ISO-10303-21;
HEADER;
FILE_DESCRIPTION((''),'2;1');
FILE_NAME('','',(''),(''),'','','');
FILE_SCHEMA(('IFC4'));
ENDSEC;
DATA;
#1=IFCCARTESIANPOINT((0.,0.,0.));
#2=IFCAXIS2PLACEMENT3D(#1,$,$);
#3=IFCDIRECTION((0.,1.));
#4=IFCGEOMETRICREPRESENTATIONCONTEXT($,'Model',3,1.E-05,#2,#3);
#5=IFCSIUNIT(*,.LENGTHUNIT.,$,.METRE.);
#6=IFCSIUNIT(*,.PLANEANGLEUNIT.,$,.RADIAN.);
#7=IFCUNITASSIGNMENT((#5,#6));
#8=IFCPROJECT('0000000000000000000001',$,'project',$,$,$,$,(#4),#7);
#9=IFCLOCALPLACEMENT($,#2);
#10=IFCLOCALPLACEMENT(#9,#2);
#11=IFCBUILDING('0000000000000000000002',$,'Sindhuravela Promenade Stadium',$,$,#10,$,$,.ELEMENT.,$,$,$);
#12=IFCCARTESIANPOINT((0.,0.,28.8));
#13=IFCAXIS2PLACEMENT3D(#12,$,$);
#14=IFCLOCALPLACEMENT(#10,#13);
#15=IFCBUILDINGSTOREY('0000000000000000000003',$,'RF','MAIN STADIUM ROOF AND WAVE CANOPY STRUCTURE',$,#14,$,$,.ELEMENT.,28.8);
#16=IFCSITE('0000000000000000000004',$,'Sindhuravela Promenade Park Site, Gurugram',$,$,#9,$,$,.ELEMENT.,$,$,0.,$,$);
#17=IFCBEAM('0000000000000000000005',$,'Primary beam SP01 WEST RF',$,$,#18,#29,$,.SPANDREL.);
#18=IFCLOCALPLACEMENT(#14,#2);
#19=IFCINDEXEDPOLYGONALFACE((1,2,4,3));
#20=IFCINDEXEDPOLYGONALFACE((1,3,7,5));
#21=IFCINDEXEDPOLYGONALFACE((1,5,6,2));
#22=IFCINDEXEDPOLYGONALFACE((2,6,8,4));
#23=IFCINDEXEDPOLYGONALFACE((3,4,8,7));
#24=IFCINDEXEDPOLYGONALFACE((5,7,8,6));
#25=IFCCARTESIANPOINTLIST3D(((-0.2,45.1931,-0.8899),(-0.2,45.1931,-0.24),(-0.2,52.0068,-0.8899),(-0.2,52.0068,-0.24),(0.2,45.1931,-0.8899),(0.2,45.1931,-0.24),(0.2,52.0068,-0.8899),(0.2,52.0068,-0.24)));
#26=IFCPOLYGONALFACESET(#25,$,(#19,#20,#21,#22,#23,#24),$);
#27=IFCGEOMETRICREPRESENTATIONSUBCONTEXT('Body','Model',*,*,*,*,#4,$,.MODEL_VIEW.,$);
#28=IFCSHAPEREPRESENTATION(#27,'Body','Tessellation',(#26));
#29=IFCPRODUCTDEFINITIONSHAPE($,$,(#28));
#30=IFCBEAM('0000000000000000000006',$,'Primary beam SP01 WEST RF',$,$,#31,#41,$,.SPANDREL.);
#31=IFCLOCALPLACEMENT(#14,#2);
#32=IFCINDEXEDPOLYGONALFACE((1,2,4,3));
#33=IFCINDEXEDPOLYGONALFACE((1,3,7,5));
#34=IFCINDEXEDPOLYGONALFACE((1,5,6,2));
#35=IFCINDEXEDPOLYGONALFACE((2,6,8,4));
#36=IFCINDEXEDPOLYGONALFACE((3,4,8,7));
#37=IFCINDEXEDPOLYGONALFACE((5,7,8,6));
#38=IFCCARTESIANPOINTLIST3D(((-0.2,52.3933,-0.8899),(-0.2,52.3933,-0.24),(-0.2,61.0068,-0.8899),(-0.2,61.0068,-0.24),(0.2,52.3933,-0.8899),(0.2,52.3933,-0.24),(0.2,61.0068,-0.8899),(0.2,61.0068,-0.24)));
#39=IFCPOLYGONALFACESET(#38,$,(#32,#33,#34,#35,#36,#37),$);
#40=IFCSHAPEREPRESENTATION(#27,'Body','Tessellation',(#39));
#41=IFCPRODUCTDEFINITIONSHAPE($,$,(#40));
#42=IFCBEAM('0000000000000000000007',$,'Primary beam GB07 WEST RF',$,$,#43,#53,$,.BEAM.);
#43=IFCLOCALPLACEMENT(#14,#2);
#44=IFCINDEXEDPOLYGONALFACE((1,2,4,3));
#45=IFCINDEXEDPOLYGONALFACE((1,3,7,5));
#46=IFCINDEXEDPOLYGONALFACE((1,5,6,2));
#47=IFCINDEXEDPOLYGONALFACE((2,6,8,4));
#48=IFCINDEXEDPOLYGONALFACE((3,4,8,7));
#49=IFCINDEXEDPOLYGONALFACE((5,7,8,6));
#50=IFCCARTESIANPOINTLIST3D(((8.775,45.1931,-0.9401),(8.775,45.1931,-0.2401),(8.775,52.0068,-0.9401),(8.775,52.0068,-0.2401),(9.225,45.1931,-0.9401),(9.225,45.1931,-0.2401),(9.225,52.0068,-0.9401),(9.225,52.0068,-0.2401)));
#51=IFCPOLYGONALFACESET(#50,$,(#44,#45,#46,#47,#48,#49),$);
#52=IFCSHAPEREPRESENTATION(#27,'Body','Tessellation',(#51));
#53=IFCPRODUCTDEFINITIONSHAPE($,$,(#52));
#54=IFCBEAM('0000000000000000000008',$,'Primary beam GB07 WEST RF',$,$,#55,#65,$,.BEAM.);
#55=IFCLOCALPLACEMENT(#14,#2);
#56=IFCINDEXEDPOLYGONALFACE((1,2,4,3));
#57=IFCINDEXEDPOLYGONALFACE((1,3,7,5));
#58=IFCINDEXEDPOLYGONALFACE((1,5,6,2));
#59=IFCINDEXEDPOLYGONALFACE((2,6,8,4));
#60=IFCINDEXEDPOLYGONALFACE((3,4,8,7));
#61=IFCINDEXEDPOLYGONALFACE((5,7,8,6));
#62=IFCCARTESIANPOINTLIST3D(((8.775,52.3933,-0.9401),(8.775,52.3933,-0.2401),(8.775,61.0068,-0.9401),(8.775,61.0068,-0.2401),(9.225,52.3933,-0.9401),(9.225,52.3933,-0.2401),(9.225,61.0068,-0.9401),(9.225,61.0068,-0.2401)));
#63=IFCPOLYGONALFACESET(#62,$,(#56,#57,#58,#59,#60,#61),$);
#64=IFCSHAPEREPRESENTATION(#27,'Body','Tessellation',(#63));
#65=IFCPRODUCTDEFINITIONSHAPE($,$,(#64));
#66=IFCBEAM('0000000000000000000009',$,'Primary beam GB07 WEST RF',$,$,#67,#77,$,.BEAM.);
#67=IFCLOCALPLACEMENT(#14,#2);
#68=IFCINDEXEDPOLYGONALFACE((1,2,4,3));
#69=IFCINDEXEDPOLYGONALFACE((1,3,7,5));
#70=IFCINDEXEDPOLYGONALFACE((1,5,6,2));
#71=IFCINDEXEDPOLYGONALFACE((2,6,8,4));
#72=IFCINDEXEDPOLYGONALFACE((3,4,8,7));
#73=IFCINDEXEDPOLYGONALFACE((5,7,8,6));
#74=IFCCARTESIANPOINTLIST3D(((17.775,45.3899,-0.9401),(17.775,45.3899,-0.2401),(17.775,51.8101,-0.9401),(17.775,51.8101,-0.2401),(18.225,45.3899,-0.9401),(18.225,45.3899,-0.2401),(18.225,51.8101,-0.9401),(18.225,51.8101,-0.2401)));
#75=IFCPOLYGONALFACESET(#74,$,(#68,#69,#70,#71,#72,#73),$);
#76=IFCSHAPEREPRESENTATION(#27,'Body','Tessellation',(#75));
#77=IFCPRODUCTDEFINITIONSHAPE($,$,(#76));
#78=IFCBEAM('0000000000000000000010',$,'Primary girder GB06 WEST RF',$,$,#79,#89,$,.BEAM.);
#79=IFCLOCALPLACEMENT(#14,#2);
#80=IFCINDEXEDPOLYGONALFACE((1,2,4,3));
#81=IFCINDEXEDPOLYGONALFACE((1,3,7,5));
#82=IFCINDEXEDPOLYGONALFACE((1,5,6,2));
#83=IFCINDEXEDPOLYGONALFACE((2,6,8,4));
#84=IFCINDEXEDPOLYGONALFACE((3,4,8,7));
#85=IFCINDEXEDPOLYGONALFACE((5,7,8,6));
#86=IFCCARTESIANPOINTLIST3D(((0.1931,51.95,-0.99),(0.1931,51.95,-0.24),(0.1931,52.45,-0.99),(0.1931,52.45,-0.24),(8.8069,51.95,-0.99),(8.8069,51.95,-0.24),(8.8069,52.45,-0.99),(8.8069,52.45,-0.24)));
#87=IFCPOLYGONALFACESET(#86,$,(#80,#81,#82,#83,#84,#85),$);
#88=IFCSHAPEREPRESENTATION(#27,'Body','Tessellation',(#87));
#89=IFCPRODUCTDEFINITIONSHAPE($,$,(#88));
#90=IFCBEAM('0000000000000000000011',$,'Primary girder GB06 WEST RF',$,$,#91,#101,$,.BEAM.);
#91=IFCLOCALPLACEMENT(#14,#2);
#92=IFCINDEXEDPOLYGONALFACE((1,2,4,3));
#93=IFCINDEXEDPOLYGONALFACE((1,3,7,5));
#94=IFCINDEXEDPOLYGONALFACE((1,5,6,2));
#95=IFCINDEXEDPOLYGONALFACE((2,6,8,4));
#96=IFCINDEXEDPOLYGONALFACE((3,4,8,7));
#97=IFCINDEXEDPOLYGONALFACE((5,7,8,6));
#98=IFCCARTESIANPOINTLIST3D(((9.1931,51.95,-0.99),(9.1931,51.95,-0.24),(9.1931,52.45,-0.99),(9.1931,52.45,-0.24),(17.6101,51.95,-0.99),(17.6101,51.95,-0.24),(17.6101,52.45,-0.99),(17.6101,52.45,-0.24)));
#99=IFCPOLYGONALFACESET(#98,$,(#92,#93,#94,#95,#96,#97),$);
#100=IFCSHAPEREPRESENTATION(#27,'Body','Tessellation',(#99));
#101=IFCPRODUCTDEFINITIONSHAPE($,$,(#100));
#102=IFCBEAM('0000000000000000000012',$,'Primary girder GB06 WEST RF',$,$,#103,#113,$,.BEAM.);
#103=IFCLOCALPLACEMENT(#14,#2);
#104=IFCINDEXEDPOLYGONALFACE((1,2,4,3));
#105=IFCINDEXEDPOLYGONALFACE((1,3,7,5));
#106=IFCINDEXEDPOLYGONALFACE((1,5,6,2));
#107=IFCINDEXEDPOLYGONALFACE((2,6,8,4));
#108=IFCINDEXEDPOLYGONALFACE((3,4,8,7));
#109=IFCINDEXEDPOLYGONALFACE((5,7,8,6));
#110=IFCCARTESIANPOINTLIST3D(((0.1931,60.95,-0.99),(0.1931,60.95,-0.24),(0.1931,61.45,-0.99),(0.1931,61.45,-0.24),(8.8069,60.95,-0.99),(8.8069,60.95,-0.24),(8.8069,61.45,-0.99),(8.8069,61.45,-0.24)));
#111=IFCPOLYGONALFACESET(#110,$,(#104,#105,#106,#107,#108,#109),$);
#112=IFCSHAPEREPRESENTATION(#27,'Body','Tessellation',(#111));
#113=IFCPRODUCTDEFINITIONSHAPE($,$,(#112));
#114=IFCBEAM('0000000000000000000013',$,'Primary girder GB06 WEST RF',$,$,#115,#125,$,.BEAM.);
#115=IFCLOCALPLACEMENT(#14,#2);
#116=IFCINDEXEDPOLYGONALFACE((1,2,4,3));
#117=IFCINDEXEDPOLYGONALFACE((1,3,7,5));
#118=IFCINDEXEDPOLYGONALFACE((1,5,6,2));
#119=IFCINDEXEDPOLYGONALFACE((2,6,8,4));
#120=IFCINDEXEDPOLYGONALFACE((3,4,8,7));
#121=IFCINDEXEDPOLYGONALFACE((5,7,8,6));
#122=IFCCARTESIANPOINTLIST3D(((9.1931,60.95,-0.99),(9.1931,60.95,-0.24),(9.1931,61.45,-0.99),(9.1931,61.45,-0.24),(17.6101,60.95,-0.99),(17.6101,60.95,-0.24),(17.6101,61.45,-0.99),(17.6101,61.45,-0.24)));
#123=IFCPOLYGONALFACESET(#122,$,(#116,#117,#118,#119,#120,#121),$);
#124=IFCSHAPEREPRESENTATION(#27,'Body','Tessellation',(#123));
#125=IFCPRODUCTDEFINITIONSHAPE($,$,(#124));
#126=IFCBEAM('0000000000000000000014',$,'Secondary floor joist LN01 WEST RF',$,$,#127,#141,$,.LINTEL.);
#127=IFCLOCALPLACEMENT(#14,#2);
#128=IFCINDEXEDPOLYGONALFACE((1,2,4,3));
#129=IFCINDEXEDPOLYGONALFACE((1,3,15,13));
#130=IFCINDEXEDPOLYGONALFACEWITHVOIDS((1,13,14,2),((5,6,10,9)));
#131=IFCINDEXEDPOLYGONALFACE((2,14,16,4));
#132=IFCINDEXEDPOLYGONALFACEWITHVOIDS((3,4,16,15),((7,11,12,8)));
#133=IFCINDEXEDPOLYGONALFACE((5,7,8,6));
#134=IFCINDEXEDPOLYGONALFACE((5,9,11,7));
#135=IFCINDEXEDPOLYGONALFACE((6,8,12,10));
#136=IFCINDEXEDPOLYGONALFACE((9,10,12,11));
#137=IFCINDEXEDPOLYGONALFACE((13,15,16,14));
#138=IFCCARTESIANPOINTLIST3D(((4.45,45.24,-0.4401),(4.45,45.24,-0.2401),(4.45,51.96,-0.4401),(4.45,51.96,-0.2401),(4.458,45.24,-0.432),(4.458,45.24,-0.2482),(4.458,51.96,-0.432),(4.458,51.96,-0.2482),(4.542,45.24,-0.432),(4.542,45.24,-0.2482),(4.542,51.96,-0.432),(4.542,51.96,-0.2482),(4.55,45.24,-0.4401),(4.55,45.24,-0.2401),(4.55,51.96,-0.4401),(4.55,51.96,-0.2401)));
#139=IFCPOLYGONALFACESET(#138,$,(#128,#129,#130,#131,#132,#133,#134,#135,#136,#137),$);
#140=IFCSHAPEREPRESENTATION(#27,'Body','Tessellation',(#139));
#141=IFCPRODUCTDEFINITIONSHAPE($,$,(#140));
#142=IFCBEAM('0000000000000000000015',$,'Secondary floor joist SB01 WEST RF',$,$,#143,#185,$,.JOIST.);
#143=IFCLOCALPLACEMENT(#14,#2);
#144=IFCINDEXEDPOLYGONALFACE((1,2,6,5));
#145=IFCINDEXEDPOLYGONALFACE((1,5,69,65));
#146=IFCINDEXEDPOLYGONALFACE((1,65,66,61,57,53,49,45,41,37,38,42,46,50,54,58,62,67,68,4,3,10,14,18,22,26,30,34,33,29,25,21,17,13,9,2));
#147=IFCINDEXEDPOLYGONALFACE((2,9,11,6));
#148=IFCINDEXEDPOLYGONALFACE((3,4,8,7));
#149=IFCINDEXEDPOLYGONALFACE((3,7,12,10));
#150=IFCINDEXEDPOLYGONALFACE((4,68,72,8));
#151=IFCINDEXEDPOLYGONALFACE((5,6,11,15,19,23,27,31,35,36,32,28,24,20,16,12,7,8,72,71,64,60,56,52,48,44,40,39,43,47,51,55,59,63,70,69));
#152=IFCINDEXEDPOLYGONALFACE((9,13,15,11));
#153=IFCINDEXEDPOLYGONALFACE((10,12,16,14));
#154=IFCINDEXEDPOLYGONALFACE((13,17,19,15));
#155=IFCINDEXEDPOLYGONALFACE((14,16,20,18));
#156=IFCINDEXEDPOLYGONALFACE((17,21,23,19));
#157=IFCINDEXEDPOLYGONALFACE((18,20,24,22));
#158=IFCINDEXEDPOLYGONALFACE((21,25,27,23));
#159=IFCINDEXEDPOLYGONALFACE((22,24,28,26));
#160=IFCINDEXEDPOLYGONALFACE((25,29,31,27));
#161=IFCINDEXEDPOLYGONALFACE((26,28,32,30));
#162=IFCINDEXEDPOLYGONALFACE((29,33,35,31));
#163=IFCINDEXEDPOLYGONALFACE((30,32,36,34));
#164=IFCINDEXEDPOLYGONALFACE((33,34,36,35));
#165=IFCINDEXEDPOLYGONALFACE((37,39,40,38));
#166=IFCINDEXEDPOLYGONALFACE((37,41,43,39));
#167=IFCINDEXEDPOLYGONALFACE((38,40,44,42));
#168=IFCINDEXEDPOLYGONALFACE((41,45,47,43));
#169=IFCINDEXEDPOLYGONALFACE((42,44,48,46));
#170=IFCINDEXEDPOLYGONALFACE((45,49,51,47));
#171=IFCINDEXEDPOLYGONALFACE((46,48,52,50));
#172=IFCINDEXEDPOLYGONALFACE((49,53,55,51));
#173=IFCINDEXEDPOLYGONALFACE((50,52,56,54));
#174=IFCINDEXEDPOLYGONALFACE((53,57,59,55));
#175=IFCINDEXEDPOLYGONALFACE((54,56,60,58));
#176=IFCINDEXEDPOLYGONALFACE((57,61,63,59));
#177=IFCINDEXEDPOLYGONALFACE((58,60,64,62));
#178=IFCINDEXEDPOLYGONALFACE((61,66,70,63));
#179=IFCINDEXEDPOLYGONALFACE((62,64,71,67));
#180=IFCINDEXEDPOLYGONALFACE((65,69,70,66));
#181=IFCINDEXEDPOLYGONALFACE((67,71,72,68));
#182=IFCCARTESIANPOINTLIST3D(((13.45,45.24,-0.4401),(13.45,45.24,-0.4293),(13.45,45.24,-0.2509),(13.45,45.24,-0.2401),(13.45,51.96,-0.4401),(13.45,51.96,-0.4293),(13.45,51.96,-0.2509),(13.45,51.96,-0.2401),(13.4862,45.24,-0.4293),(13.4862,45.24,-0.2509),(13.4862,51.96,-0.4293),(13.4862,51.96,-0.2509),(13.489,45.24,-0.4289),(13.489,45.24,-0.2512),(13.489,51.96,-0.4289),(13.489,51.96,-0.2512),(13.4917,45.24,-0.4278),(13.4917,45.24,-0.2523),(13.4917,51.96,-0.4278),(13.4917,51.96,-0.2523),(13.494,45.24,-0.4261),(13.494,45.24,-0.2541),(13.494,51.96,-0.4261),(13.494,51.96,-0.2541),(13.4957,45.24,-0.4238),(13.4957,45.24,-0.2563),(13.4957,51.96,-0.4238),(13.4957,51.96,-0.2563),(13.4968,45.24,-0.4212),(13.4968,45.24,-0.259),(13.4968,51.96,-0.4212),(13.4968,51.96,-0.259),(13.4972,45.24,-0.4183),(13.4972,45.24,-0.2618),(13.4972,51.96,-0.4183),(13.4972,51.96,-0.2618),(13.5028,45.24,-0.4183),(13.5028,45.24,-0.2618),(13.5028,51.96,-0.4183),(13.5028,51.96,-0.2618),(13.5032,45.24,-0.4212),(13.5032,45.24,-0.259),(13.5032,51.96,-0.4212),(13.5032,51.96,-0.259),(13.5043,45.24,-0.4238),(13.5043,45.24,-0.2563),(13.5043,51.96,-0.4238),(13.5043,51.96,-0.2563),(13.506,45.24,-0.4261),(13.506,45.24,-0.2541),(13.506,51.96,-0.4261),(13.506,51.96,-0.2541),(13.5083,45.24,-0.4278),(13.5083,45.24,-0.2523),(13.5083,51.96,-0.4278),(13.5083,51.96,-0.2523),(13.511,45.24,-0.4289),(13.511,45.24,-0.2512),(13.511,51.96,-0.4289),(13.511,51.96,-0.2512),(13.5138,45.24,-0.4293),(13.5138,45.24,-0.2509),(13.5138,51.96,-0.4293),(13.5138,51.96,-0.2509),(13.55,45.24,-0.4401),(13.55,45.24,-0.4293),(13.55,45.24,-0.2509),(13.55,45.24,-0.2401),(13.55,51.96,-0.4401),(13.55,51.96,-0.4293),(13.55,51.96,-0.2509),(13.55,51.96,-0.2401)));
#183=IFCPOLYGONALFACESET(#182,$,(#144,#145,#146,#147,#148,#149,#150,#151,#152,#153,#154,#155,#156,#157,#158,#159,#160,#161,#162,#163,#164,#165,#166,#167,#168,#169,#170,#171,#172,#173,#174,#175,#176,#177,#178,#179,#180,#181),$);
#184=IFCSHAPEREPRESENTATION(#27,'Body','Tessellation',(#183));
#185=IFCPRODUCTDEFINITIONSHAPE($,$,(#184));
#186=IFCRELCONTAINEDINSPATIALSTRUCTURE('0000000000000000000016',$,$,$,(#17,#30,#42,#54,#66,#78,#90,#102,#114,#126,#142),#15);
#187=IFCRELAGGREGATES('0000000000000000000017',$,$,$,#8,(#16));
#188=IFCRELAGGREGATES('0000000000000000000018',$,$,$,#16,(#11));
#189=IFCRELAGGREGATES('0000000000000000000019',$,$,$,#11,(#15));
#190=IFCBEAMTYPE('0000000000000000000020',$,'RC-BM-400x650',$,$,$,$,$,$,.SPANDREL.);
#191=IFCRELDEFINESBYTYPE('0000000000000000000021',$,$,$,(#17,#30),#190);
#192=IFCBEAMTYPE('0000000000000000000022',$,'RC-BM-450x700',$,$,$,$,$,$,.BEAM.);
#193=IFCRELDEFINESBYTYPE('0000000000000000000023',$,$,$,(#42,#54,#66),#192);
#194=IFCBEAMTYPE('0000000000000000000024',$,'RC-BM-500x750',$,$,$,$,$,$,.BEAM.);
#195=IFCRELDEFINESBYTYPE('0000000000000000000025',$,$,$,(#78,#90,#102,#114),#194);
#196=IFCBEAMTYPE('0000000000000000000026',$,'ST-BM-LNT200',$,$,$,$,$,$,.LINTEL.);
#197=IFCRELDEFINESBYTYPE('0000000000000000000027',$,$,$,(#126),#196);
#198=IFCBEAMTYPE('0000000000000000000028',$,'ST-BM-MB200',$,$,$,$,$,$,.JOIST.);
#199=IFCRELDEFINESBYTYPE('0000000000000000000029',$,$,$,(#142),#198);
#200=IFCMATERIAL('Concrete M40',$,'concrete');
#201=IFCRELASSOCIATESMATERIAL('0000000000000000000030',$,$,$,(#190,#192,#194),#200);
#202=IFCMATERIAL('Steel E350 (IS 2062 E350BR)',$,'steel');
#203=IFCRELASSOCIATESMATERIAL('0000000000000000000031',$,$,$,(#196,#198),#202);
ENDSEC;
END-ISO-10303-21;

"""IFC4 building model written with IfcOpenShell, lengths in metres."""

from ifc_helpers import new_model, si_unit, direction, frame, origin, origin_2d, place, context, subcontext, project, spatial, rectangle, hollow_rectangle, i_section, extrude, material, material_profile, profile_set, type_object, element, save


model = new_model("IFC4")

# Units and contexts
model_context = context("Model", 3, precision=1e-05, world=origin(), true_north=direction((0.0, 1.0)))
body_context = subcontext(model_context, "Body", "Model", "MODEL_VIEW")
ifc_project = project(units=[si_unit("LENGTHUNIT", "METRE"), si_unit("PLANEANGLEUNIT", "RADIAN")], contexts=[model_context])

# Site, building, storey
site_placement = place(None, origin())
site = spatial("IfcSite", under=ifc_project, at=site_placement, Name="Sindhuravela Promenade Park Site, Gurugram", CompositionType="ELEMENT", RefElevation=0.0)
building_placement = place(site_placement, origin())
building = spatial("IfcBuilding", under=site, at=building_placement, Name="Sindhuravela Promenade Stadium", CompositionType="ELEMENT")
storey_placement = place(building_placement, frame((0.0, 0.0, 28.8)))
storey = spatial("IfcBuildingStorey", under=building, at=storey_placement, Name="RF", Description="MAIN STADIUM ROOF AND WAVE CANOPY STRUCTURE", CompositionType="ELEMENT", Elevation=28.8)

# Beams
ifc_material_1 = material(Name="Concrete M40", Category="concrete")
ifc_material_profile_1 = material_profile(ifc_material_1, rectangle(XDim=0.3999, YDim=0.6499, at=origin_2d()), Name="RC 400x650")
ifc_profile_set_1 = profile_set([ifc_material_profile_1], Name="Concrete M40")
beam_type_1 = type_object("IfcBeamType", Name="RC-BM-400x650", PredefinedType="SPANDREL", material=ifc_profile_set_1)
beam_1_placement = place(storey_placement, frame((0.0, 45.1931, -0.5649), z_axis=(0.0, 1.0, 0.0), x_axis=(-1.0, 0.0, 0.0)))
element("IfcBeam", 1, at=beam_1_placement, inside=storey, type_object=beam_type_1, Name="Primary beam SP01 WEST RF", PredefinedType="SPANDREL", context=body_context, shape_type="SweptSolid", body=[
    extrude(rectangle(XDim=0.3999, YDim=0.6499, at=origin_2d()), origin(), (0.0, 0.0, 1.0), 6.8137),
])
beam_2_placement = place(storey_placement, frame((0.0, 52.3933, -0.5649), z_axis=(0.0, 1.0, 0.0), x_axis=(-1.0, 0.0, 0.0)))
element("IfcBeam", 2, at=beam_2_placement, inside=storey, type_object=beam_type_1, Name="Primary beam SP01 WEST RF", PredefinedType="SPANDREL", context=body_context, shape_type="SweptSolid", body=[
    extrude(rectangle(XDim=0.3999, YDim=0.6499, at=origin_2d()), origin(), (0.0, 0.0, 1.0), 8.6135),
])
ifc_material_profile_2 = material_profile(ifc_material_1, rectangle(XDim=0.45, YDim=0.7, at=origin_2d()), Name="RC 450x700")
ifc_profile_set_2 = profile_set([ifc_material_profile_2], Name="Concrete M40")
beam_type_2 = type_object("IfcBeamType", Name="RC-BM-450x700", PredefinedType="BEAM", material=ifc_profile_set_2)
beam_3_placement = place(storey_placement, frame((9.0, 45.1931, -0.5901), z_axis=(0.0, 1.0, 0.0), x_axis=(-1.0, 0.0, 0.0)))
element("IfcBeam", 3, at=beam_3_placement, inside=storey, type_object=beam_type_2, Name="Primary beam GB07 WEST RF", PredefinedType="BEAM", context=body_context, shape_type="SweptSolid", body=[
    extrude(rectangle(XDim=0.45, YDim=0.7, at=origin_2d()), origin(), (0.0, 0.0, 1.0), 6.8137),
])
beam_4_placement = place(storey_placement, frame((9.0, 52.3933, -0.5901), z_axis=(0.0, 1.0, 0.0), x_axis=(-1.0, 0.0, 0.0)))
element("IfcBeam", 4, at=beam_4_placement, inside=storey, type_object=beam_type_2, Name="Primary beam GB07 WEST RF", PredefinedType="BEAM", context=body_context, shape_type="SweptSolid", body=[
    extrude(rectangle(XDim=0.45, YDim=0.7, at=origin_2d()), origin(), (0.0, 0.0, 1.0), 8.6135),
])
beam_5_placement = place(storey_placement, frame((18.0, 45.3899, -0.5901), z_axis=(0.0, 1.0, 0.0), x_axis=(-1.0, 0.0, 0.0)))
element("IfcBeam", 5, at=beam_5_placement, inside=storey, type_object=beam_type_2, Name="Primary beam GB07 WEST RF", PredefinedType="BEAM", context=body_context, shape_type="SweptSolid", body=[
    extrude(rectangle(XDim=0.45, YDim=0.7, at=origin_2d()), origin(), (0.0, 0.0, 1.0), 6.4202),
])
ifc_material_profile_3 = material_profile(ifc_material_1, rectangle(XDim=0.5, YDim=0.75, at=origin_2d()), Name="RC 500x750")
ifc_profile_set_3 = profile_set([ifc_material_profile_3], Name="Concrete M40")
beam_type_3 = type_object("IfcBeamType", Name="RC-BM-500x750", PredefinedType="BEAM", material=ifc_profile_set_3)
beam_6_placement = place(storey_placement, frame((0.1931, 52.2, -0.615), z_axis=(1.0, 0.0, 0.0), x_axis=(0.0, 1.0, 0.0)))
element("IfcBeam", 6, at=beam_6_placement, inside=storey, type_object=beam_type_3, Name="Primary girder GB06 WEST RF", PredefinedType="BEAM", context=body_context, shape_type="SweptSolid", body=[
    extrude(rectangle(XDim=0.5, YDim=0.75, at=origin_2d()), origin(), (0.0, 0.0, 1.0), 8.6138),
])
beam_7_placement = place(storey_placement, frame((9.1931, 52.2, -0.615), z_axis=(1.0, 0.0, 0.0), x_axis=(0.0, 1.0, 0.0)))
element("IfcBeam", 7, at=beam_7_placement, inside=storey, type_object=beam_type_3, Name="Primary girder GB06 WEST RF", PredefinedType="BEAM", context=body_context, shape_type="SweptSolid", body=[
    extrude(rectangle(XDim=0.5, YDim=0.75, at=origin_2d()), origin(), (0.0, 0.0, 1.0), 8.417),
])
beam_8_placement = place(storey_placement, frame((0.1931, 61.2, -0.615), z_axis=(1.0, 0.0, 0.0), x_axis=(0.0, 1.0, 0.0)))
element("IfcBeam", 8, at=beam_8_placement, inside=storey, type_object=beam_type_3, Name="Primary girder GB06 WEST RF", PredefinedType="BEAM", context=body_context, shape_type="SweptSolid", body=[
    extrude(rectangle(XDim=0.5, YDim=0.75, at=origin_2d()), origin(), (0.0, 0.0, 1.0), 8.6138),
])
beam_9_placement = place(storey_placement, frame((9.1931, 61.2, -0.615), z_axis=(1.0, 0.0, 0.0), x_axis=(0.0, 1.0, 0.0)))
element("IfcBeam", 9, at=beam_9_placement, inside=storey, type_object=beam_type_3, Name="Primary girder GB06 WEST RF", PredefinedType="BEAM", context=body_context, shape_type="SweptSolid", body=[
    extrude(rectangle(XDim=0.5, YDim=0.75, at=origin_2d()), origin(), (0.0, 0.0, 1.0), 8.417),
])
ifc_material_2 = material(Name="Steel E350 (IS 2062 E350BR)", Category="steel")
ifc_material_profile_4 = material_profile(ifc_material_2, hollow_rectangle(XDim=0.1001, YDim=0.2, WallThickness=0.0081, at=origin_2d()), Name="RHS 200x100x8")
ifc_profile_set_4 = profile_set([ifc_material_profile_4], Name="Steel E350 (IS 2062 E350BR)")
beam_type_4 = type_object("IfcBeamType", Name="ST-BM-LNT200", PredefinedType="LINTEL", material=ifc_profile_set_4)
beam_10_placement = place(storey_placement, frame((4.5, 45.24, -0.3401), z_axis=(0.0, 1.0, 0.0), x_axis=(-1.0, 0.0, 0.0)))
element("IfcBeam", 10, at=beam_10_placement, inside=storey, type_object=beam_type_4, Name="Secondary floor joist LN01 WEST RF", PredefinedType="LINTEL", context=body_context, shape_type="SweptSolid", body=[
    extrude(hollow_rectangle(XDim=0.1001, YDim=0.2, WallThickness=0.0081, at=origin_2d()), origin(), (0.0, 0.0, 1.0), 6.72),
])
ifc_material_profile_5 = material_profile(ifc_material_2, i_section(OverallWidth=0.1001, OverallDepth=0.2, WebThickness=0.0056, FlangeThickness=0.0107, FilletRadius=0.011, at=origin_2d()), Name="ISMB 200")
ifc_profile_set_5 = profile_set([ifc_material_profile_5], Name="Steel E350 (IS 2062 E350BR)")
beam_type_5 = type_object("IfcBeamType", Name="ST-BM-MB200", PredefinedType="JOIST", material=ifc_profile_set_5)
beam_11_placement = place(storey_placement, frame((13.5, 45.24, -0.3401), z_axis=(0.0, 1.0, 0.0), x_axis=(-1.0, 0.0, 0.0)))
element("IfcBeam", 11, at=beam_11_placement, inside=storey, type_object=beam_type_5, Name="Secondary floor joist SB01 WEST RF", PredefinedType="JOIST", context=body_context, shape_type="SweptSolid", body=[
    extrude(i_section(OverallWidth=0.1001, OverallDepth=0.2, WebThickness=0.0056, FlangeThickness=0.0107, FilletRadius=0.011, at=origin_2d()), origin(), (0.0, 0.0, 1.0), 6.72),
])

save(model, "model.ifc")
